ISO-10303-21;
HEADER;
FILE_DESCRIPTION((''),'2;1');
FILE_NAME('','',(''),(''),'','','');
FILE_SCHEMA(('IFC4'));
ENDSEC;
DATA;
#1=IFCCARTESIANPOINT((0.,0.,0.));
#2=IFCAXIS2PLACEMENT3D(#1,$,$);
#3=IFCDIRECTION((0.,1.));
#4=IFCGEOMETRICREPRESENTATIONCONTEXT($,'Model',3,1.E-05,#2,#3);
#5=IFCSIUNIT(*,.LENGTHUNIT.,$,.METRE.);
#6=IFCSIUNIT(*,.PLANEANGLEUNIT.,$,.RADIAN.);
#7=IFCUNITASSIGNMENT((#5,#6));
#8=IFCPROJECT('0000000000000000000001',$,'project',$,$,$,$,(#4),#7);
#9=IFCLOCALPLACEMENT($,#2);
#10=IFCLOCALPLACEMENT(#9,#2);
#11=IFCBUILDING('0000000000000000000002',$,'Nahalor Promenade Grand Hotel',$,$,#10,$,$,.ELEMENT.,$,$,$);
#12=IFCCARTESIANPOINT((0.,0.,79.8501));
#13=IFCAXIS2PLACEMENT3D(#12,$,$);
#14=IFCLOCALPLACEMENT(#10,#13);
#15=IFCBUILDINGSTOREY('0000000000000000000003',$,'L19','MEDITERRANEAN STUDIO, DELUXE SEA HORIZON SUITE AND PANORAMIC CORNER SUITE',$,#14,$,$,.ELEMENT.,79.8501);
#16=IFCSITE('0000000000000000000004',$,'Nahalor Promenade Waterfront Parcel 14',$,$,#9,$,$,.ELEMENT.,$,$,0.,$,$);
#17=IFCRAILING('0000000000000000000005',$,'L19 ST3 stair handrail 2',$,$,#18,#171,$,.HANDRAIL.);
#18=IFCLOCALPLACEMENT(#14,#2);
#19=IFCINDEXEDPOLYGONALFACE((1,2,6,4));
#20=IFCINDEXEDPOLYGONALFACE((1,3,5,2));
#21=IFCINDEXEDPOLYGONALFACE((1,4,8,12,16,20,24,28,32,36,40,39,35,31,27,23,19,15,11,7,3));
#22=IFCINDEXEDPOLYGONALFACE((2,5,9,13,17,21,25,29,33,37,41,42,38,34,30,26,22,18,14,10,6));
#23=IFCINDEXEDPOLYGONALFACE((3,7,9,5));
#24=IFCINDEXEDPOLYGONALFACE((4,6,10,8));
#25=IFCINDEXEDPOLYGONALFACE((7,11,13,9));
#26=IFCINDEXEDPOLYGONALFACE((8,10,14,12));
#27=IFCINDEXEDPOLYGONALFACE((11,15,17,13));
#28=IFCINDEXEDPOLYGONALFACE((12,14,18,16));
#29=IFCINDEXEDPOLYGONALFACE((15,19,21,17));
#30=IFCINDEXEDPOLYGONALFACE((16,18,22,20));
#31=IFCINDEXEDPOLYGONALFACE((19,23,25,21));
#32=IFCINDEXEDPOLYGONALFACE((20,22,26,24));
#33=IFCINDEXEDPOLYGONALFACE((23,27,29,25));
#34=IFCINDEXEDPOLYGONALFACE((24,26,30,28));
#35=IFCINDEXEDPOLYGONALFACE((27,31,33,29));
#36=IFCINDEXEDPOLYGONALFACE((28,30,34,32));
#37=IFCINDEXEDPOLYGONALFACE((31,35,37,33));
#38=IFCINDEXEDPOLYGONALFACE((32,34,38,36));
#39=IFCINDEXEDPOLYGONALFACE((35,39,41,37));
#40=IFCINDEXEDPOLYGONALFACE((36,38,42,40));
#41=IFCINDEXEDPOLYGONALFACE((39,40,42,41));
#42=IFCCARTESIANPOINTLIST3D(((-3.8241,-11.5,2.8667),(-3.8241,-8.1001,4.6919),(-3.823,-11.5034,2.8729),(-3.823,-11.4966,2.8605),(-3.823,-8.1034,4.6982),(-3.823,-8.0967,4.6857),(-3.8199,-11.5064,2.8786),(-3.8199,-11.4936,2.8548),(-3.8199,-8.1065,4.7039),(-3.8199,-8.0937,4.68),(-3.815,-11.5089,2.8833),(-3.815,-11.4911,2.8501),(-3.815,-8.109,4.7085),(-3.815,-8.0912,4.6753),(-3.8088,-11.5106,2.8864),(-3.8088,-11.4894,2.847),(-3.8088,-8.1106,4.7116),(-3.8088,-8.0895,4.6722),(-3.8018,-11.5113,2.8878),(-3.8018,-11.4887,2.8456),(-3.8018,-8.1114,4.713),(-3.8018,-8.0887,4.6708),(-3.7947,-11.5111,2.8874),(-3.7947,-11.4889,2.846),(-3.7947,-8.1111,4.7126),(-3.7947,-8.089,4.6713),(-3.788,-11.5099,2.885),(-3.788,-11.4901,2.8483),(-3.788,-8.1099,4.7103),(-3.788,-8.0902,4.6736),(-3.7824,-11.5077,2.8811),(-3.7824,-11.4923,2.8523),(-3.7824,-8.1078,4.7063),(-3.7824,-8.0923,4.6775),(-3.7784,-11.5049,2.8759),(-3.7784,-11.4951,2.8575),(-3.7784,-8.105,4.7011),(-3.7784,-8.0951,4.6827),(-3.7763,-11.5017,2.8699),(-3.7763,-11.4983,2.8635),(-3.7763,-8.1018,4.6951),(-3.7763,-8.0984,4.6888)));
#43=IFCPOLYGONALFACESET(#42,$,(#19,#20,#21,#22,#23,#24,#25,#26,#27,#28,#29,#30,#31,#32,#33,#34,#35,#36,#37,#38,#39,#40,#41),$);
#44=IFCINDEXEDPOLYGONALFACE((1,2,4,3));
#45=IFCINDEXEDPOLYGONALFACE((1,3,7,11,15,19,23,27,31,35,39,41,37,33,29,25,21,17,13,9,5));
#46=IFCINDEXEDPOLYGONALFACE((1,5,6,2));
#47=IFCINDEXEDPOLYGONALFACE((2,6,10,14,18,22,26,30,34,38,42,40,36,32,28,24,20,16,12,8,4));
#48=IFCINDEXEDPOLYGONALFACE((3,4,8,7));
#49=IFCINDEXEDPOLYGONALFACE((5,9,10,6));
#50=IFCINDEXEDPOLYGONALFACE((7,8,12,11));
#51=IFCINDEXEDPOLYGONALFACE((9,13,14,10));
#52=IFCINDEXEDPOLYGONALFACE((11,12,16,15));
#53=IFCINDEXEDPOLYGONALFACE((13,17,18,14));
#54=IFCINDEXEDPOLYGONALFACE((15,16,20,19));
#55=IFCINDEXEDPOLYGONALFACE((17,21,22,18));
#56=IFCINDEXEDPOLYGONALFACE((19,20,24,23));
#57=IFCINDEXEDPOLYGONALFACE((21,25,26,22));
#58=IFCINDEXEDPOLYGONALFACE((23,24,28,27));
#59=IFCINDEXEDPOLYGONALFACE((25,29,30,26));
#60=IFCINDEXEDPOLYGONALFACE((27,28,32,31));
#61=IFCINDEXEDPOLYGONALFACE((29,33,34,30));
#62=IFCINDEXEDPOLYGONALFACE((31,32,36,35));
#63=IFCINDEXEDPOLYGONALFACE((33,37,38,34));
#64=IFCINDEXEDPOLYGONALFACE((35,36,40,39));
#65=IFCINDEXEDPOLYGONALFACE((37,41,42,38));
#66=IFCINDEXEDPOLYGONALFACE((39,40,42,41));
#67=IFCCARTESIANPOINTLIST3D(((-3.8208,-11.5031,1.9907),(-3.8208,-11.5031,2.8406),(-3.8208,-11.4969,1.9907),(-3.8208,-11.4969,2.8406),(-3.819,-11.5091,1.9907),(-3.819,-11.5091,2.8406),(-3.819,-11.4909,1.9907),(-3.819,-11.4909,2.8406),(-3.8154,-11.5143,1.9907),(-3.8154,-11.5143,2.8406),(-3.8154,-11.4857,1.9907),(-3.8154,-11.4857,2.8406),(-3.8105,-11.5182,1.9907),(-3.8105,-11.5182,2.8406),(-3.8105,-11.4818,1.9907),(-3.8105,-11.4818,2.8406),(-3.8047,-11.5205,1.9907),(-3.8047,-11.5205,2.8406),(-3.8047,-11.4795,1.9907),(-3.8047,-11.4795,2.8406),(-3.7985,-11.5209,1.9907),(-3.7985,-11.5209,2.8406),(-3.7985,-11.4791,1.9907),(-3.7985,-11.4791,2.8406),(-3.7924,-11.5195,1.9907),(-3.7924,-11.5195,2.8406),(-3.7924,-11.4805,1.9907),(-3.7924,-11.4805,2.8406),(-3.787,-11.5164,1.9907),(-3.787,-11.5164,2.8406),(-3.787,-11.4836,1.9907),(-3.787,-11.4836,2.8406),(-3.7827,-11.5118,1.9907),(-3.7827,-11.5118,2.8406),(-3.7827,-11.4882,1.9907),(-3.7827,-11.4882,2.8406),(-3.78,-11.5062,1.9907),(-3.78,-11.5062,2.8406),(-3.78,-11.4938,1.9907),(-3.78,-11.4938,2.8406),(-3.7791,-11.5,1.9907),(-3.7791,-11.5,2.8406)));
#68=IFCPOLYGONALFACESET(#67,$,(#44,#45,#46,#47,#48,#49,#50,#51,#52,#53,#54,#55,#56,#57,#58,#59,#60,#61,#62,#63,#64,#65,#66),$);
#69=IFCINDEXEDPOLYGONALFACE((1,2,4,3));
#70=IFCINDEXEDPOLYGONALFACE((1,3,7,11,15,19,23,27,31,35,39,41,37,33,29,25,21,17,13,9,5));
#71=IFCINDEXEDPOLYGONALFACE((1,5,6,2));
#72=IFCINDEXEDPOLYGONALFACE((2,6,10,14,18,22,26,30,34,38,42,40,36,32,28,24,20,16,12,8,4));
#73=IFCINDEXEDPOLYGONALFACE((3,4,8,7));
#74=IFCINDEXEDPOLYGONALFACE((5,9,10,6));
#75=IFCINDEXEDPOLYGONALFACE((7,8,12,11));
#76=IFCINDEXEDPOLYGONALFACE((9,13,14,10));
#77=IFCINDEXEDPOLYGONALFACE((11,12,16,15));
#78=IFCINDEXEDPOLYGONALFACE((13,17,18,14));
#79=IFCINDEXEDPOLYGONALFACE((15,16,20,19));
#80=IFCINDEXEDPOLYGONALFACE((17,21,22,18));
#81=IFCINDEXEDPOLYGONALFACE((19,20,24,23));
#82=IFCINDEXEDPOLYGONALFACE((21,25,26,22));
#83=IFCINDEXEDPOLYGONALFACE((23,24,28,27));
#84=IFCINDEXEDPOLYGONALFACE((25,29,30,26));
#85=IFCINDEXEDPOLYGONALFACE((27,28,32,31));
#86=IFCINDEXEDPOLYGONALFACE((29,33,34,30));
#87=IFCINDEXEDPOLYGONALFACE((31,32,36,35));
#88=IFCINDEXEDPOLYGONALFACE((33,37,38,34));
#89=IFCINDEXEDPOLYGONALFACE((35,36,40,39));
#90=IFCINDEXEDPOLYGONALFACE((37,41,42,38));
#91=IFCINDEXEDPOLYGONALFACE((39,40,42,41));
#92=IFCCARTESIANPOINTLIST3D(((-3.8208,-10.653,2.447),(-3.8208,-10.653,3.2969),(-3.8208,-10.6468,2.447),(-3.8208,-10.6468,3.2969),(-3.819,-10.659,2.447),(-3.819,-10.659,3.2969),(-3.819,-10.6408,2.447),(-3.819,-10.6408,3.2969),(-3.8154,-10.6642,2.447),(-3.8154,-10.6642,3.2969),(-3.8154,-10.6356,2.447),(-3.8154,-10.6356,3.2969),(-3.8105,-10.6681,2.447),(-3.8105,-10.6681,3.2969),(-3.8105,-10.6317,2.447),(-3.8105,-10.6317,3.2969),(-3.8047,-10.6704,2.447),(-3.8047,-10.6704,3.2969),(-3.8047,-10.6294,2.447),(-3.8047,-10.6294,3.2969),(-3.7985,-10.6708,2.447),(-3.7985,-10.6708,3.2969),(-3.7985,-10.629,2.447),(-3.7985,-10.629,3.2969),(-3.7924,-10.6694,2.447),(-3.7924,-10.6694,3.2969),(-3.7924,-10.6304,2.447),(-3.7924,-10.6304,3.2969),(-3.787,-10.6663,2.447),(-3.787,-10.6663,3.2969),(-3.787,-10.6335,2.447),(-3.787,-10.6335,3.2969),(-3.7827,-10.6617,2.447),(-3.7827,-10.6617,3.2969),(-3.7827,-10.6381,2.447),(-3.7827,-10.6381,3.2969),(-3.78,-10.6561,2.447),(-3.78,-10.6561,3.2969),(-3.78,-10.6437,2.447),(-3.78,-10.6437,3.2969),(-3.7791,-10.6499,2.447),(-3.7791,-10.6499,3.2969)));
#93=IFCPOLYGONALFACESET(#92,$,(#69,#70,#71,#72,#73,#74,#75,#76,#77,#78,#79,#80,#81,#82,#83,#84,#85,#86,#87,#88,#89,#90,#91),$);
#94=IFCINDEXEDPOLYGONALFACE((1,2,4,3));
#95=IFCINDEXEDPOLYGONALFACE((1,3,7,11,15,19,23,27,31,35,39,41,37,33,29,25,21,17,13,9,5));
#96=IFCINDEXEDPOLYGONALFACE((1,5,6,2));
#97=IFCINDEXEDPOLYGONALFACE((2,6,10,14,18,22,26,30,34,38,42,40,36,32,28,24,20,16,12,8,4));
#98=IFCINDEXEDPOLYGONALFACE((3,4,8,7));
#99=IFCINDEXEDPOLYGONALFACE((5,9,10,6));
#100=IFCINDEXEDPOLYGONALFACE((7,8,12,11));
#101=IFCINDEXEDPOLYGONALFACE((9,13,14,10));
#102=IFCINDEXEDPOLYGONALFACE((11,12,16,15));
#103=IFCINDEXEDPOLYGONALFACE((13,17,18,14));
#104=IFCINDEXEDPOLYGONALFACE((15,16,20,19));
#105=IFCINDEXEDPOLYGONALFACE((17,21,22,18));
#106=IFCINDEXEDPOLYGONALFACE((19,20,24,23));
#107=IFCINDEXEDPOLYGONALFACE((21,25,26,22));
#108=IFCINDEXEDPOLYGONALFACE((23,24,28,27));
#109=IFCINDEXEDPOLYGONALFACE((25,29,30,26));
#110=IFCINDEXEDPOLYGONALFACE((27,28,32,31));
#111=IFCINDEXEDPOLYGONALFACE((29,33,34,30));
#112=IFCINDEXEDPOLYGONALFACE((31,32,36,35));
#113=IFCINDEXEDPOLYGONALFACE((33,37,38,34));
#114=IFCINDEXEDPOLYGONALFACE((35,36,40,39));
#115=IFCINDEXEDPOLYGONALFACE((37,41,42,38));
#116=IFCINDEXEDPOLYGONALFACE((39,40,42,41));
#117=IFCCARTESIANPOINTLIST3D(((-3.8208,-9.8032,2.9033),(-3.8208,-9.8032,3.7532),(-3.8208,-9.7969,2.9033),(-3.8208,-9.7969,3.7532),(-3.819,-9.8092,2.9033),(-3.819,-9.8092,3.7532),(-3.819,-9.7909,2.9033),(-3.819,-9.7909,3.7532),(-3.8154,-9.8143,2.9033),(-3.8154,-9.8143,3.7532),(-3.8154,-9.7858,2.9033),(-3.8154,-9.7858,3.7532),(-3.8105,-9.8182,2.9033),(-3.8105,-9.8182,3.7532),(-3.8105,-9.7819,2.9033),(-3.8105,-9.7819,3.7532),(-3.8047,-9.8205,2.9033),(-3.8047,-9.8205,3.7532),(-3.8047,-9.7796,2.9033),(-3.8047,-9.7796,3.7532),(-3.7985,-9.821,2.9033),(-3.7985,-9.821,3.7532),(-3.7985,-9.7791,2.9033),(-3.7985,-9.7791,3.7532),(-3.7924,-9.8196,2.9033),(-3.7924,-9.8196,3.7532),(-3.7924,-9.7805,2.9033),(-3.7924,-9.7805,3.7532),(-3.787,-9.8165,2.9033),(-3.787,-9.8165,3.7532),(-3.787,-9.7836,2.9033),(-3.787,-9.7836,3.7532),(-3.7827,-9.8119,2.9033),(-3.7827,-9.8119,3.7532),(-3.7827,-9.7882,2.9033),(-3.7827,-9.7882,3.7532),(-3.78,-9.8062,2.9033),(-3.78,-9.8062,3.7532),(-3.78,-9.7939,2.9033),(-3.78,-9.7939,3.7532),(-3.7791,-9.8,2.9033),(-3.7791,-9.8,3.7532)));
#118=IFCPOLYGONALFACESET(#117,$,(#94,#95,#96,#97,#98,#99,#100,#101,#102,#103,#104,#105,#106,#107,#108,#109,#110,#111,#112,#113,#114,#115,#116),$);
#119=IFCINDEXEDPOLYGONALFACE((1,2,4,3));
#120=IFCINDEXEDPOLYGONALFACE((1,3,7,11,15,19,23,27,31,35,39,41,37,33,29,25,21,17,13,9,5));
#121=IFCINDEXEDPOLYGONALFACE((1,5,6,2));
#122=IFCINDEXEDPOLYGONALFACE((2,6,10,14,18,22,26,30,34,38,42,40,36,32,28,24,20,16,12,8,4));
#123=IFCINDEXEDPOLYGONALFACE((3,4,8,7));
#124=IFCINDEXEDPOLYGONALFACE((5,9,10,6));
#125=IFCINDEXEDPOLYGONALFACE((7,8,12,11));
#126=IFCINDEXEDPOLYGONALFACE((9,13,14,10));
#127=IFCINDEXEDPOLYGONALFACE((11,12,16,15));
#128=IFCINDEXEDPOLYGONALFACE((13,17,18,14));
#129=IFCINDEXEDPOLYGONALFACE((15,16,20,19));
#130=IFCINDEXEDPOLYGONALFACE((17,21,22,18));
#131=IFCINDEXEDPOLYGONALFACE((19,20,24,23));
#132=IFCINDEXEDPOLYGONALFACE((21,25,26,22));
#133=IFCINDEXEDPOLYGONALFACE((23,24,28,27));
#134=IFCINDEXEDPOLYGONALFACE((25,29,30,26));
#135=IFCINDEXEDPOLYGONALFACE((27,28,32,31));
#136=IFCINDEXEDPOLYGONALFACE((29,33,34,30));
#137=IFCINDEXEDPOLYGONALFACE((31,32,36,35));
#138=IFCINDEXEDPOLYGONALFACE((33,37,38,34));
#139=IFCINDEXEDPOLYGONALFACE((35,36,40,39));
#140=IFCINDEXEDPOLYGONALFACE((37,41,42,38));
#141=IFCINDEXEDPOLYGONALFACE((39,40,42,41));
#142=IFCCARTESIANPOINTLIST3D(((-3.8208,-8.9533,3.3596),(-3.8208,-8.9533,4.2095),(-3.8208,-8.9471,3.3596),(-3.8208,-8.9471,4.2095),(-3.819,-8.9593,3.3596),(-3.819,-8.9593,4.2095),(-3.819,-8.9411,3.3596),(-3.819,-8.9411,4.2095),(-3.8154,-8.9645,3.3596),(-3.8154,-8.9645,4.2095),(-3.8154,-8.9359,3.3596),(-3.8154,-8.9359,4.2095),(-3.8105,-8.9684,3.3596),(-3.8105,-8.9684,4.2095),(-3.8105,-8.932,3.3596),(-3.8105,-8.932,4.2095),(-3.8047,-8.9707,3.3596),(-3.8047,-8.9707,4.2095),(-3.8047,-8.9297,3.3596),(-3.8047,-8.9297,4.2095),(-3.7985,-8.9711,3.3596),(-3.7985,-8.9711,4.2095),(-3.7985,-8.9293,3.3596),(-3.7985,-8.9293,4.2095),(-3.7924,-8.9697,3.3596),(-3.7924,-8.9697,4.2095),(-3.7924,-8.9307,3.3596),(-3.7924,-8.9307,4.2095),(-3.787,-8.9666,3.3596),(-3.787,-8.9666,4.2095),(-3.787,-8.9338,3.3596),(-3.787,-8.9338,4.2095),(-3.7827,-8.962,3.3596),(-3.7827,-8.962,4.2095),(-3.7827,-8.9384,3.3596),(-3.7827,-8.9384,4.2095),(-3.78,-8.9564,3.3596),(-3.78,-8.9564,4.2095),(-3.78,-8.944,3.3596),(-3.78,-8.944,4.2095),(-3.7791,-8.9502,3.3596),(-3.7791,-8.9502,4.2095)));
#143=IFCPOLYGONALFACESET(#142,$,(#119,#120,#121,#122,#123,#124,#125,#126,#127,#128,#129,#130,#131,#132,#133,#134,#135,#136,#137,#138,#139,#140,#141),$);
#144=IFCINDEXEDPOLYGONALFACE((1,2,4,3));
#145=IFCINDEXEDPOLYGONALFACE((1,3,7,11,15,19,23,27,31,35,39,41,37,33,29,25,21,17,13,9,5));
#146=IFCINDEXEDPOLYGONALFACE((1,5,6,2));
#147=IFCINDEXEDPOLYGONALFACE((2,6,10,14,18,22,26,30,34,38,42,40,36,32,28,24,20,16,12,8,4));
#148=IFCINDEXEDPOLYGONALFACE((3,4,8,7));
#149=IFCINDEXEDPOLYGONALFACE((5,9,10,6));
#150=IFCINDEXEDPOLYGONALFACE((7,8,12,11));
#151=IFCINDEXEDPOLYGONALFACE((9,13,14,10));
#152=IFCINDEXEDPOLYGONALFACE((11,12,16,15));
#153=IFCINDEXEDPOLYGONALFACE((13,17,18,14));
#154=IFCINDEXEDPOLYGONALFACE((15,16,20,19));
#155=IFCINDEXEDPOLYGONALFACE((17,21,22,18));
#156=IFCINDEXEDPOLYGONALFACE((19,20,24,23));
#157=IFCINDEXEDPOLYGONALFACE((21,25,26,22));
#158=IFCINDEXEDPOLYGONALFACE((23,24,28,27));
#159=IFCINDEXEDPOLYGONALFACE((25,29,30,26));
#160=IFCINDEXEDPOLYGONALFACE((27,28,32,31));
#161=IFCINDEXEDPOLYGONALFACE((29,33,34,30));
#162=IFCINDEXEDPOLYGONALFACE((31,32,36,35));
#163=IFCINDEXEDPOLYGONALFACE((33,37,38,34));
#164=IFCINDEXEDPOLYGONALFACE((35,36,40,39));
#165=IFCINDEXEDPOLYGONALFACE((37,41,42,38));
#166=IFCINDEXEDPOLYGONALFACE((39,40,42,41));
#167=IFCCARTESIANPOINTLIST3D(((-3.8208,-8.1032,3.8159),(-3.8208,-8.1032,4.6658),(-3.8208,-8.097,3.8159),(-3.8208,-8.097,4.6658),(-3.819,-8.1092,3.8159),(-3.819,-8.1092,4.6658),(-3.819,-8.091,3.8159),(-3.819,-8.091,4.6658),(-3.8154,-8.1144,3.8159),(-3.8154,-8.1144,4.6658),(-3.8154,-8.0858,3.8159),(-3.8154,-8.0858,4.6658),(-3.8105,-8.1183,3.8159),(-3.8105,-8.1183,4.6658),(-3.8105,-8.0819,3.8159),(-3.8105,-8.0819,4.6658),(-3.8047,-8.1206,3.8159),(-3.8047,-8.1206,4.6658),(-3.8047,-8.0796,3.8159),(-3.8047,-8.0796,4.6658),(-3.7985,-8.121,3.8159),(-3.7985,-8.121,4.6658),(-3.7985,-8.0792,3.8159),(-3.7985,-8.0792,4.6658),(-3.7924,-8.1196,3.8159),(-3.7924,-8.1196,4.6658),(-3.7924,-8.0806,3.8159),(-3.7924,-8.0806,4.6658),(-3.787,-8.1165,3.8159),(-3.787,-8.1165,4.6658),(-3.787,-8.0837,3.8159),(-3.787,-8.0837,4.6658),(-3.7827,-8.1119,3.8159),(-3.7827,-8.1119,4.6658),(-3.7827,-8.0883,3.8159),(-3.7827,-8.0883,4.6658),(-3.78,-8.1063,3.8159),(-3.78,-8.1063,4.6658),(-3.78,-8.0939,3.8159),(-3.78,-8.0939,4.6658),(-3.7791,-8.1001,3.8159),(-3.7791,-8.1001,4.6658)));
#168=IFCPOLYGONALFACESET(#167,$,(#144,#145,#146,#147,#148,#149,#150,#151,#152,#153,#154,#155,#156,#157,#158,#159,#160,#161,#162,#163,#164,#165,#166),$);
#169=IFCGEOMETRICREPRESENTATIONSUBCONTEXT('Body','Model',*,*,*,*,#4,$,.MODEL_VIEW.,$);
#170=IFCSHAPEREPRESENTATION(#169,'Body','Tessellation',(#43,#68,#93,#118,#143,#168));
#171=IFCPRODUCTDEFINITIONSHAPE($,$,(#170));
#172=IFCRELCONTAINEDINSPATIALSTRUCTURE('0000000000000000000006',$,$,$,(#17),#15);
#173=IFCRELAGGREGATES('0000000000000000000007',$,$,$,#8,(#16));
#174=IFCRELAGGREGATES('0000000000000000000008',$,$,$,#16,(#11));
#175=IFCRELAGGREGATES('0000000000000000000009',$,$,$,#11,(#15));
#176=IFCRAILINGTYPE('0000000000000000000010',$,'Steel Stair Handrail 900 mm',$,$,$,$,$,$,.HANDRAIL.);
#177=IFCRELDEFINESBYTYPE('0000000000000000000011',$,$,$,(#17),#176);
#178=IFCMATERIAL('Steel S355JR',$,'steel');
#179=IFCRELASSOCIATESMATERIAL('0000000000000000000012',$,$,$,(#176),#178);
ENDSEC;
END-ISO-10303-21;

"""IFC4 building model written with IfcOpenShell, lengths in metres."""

from ifc_helpers import new_model, si_unit, direction, frame, origin, origin_2d, place, context, subcontext, project, spatial, circle, extrude, material, type_object, element, save


model = new_model("IFC4")

# Units and contexts
model_context = context("Model", 3, precision=1e-05, world=origin(), true_north=direction((0.0, 1.0)))
body_context = subcontext(model_context, "Body", "Model", "MODEL_VIEW")
ifc_project = project(units=[si_unit("LENGTHUNIT", "METRE"), si_unit("PLANEANGLEUNIT", "RADIAN")], contexts=[model_context])

# Site, building, storey
site_placement = place(None, origin())
site = spatial("IfcSite", under=ifc_project, at=site_placement, Name="Nahalor Promenade Waterfront Parcel 14", CompositionType="ELEMENT", RefElevation=0.0)
building_placement = place(site_placement, origin())
building = spatial("IfcBuilding", under=site, at=building_placement, Name="Nahalor Promenade Grand Hotel", CompositionType="ELEMENT")
storey_placement = place(building_placement, frame((0.0, 0.0, 79.8501)))
storey = spatial("IfcBuildingStorey", under=building, at=storey_placement, Name="L19", Description="MEDITERRANEAN STUDIO, DELUXE SEA HORIZON SUITE AND PANORAMIC CORNER SUITE", CompositionType="ELEMENT", Elevation=79.8501)

# Shared definitions
ifc_material_1 = material(Name="Steel S355JR", Category="steel")

# Railing
railing_type_1 = type_object("IfcRailingType", Name="Steel Stair Handrail 900 mm", PredefinedType="HANDRAIL", material=ifc_material_1)
railing_1_placement = place(storey_placement, frame((-3.8, -11.5, 1.9907)))
element("IfcRailing", 1, at=railing_1_placement, inside=storey, type_object=railing_type_1, Name="L19 ST3 stair handrail 2", PredefinedType="HANDRAIL", context=body_context, shape_type="SweptSolid", body=[
    extrude(circle(Radius=0.024, at=origin_2d()), frame((0.0, 0.0, 0.876), z_axis=(0.0, 0.881068, 0.47299), x_axis=(-1.0, 0.0, 0.0)), (0.0, 0.0, 1.0), 3.8589),
    extrude(circle(Radius=0.021, at=origin_2d()), origin(), (0.0, 0.0, 1.0), 0.8499),
    extrude(circle(Radius=0.021, at=origin_2d()), frame((0.0, 0.8501, 0.4563)), (0.0, 0.0, 1.0), 0.8499),
    extrude(circle(Radius=0.021, at=origin_2d()), frame((0.0, 1.7, 0.9126)), (0.0, 0.0, 1.0), 0.8499),
    extrude(circle(Radius=0.021, at=origin_2d()), frame((0.0, 2.5498, 1.3689)), (0.0, 0.0, 1.0), 0.8499),
    extrude(circle(Radius=0.021, at=origin_2d()), frame((0.0, 3.3999, 1.8252)), (0.0, 0.0, 1.0), 0.8499),
])

save(model, "model.ifc")
